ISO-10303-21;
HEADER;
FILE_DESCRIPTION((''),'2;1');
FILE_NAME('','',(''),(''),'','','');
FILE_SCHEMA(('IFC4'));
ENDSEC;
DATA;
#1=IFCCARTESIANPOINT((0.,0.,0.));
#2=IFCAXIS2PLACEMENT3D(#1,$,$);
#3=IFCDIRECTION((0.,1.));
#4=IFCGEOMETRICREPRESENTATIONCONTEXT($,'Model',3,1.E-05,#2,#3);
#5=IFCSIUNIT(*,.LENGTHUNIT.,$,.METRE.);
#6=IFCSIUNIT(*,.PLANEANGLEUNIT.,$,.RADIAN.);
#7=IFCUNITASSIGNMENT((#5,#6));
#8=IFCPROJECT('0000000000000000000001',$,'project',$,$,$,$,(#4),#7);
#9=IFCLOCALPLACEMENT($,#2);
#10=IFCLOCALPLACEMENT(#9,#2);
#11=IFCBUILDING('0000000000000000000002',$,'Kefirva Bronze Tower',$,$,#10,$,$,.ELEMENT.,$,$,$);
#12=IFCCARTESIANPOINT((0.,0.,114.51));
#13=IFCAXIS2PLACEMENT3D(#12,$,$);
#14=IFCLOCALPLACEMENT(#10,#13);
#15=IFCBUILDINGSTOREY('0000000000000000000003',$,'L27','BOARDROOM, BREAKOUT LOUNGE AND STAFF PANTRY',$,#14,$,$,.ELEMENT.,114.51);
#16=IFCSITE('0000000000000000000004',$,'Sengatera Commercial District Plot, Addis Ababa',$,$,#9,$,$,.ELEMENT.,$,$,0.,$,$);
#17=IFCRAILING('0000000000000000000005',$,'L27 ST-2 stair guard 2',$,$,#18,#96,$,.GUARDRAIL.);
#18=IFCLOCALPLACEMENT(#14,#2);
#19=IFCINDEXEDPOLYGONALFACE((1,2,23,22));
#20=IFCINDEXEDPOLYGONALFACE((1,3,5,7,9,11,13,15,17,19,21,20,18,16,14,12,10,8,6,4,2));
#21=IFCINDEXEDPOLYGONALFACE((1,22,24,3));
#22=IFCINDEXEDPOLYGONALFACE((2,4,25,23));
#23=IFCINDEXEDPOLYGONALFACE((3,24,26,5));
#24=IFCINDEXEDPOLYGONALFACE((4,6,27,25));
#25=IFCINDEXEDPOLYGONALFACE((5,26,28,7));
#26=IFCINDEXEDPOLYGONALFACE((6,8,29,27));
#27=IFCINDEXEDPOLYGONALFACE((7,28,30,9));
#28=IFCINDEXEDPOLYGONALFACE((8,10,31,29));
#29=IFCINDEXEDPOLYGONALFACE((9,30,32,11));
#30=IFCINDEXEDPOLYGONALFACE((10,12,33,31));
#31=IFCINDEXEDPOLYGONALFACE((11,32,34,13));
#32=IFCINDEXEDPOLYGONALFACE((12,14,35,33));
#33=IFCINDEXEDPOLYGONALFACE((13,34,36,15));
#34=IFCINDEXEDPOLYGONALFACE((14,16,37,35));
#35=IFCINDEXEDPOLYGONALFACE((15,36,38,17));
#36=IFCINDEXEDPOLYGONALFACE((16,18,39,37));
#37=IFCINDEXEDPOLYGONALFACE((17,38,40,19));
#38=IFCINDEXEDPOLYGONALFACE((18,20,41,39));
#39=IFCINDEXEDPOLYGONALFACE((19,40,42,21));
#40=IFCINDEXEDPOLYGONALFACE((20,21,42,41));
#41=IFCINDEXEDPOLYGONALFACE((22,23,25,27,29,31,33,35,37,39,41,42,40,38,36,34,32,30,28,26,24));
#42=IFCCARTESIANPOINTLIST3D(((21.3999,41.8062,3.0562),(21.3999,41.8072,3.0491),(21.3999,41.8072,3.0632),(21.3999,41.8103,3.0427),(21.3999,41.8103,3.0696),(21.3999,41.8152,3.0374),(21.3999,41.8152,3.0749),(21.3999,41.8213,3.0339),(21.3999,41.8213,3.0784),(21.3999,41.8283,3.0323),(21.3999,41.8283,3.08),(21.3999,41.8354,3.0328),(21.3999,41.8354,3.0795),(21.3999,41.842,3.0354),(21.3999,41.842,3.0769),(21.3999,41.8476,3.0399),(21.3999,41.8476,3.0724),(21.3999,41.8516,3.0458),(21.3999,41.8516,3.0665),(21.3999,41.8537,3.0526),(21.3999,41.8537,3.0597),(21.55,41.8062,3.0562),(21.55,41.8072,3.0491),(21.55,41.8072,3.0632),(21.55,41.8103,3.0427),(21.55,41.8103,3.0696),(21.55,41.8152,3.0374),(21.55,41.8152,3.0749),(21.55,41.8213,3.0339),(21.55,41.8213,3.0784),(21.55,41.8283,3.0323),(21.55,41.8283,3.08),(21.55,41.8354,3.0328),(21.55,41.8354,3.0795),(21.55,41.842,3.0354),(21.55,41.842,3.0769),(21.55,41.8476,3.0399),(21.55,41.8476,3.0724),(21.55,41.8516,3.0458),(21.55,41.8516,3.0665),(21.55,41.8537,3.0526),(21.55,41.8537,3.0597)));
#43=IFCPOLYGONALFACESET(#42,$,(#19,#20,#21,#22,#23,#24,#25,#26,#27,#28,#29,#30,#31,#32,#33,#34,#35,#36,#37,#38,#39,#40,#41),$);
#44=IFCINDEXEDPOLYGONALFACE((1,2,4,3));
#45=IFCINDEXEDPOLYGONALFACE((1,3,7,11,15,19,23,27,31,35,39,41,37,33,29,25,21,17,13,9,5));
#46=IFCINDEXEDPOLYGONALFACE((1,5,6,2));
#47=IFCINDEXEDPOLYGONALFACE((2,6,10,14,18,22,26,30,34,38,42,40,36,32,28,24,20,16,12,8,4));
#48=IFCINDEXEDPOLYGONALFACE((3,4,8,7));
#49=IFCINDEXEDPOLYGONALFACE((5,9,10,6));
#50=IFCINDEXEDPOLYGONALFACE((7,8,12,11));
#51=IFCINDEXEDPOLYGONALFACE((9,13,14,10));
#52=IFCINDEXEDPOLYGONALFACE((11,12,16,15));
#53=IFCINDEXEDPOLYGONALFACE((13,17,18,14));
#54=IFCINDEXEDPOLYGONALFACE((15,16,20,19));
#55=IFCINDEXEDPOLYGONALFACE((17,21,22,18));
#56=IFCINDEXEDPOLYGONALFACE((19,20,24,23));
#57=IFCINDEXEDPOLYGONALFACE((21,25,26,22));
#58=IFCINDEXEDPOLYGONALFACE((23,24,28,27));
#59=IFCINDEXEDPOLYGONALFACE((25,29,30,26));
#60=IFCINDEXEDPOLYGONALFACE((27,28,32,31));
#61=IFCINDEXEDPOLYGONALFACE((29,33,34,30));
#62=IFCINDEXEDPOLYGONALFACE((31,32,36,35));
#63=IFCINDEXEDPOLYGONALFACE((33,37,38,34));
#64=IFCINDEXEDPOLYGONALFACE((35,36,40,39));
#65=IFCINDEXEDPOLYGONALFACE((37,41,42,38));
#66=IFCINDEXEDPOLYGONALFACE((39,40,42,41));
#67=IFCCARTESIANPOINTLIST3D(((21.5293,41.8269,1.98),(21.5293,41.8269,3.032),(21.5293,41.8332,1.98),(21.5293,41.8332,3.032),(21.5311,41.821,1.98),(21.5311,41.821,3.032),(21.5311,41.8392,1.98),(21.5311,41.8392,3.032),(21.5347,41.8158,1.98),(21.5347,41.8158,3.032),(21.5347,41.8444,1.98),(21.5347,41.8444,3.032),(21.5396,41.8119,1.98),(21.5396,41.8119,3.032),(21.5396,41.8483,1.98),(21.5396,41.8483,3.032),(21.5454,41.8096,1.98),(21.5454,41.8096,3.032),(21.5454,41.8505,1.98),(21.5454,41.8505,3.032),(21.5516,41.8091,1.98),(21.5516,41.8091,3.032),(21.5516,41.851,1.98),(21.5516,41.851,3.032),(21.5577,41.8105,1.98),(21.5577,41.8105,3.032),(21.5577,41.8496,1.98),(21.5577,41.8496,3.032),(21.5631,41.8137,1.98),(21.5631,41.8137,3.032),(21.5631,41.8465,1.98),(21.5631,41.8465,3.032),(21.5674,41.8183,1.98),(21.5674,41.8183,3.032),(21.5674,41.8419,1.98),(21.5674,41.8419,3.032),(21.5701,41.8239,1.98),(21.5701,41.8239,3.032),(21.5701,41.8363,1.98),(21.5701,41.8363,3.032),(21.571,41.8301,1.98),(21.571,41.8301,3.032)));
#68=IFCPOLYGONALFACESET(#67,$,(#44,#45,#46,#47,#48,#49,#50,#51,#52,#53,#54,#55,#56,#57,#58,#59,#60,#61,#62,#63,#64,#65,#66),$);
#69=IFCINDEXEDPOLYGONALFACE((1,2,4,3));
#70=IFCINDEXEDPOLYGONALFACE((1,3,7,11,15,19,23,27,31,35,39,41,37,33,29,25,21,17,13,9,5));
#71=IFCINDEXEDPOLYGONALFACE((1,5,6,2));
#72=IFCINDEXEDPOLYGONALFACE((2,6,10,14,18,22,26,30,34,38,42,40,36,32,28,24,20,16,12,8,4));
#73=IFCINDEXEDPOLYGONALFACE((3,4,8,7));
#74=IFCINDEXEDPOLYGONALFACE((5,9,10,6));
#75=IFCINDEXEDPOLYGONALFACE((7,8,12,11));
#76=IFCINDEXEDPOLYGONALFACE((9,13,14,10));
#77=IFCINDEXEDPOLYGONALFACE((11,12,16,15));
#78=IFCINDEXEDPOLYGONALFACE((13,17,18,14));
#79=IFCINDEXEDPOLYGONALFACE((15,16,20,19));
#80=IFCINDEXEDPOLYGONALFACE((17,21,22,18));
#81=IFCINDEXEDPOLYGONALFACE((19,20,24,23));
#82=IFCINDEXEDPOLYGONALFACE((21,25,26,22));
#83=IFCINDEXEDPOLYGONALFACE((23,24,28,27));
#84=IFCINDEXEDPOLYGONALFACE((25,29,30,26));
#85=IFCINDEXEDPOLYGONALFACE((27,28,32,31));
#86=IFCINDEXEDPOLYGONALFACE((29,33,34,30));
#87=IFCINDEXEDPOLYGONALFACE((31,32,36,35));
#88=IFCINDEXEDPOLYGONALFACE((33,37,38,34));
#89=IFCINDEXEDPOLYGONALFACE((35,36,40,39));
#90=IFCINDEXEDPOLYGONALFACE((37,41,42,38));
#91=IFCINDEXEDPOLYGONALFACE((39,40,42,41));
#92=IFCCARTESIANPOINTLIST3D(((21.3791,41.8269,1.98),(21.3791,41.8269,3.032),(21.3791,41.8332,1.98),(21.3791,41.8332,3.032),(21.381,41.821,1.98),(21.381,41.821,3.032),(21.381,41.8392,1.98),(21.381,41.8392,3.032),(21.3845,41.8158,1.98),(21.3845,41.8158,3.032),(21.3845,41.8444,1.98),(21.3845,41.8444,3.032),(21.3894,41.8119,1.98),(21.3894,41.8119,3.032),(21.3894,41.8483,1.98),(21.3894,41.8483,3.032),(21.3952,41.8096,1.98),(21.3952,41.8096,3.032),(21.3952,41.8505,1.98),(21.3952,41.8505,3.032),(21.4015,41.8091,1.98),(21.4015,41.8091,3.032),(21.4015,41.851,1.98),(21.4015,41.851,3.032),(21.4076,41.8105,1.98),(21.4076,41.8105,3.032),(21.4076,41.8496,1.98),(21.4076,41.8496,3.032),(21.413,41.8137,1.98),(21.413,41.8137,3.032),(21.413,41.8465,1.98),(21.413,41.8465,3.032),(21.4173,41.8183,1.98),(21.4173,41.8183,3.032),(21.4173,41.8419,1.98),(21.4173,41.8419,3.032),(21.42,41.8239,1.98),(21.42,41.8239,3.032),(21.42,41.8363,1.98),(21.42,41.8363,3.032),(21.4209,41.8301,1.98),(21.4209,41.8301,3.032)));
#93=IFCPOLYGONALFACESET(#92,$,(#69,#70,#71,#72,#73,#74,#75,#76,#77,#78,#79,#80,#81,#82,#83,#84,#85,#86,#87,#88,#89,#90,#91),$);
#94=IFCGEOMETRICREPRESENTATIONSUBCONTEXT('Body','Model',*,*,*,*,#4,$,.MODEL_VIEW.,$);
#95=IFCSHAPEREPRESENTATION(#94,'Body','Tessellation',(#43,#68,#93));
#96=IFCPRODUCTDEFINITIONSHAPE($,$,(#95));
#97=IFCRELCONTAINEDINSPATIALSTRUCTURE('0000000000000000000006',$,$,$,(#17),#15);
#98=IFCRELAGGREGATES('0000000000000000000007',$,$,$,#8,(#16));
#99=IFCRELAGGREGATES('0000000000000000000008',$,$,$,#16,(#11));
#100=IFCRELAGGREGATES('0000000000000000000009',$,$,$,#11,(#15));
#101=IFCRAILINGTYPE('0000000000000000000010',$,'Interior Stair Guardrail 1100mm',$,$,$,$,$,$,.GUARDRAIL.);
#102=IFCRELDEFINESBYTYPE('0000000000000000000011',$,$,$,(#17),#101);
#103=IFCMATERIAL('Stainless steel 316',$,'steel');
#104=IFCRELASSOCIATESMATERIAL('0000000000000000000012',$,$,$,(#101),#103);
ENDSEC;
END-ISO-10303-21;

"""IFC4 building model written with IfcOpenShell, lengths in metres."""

from ifc_helpers import new_model, si_unit, direction, frame, origin, origin_2d, place, context, subcontext, project, spatial, circle, extrude, material, type_object, element, save


model = new_model("IFC4")

# Units and contexts
model_context = context("Model", 3, precision=1e-05, world=origin(), true_north=direction((0.0, 1.0)))
body_context = subcontext(model_context, "Body", "Model", "MODEL_VIEW")
ifc_project = project(units=[si_unit("LENGTHUNIT", "METRE"), si_unit("PLANEANGLEUNIT", "RADIAN")], contexts=[model_context])

# Site, building, storey
site_placement = place(None, origin())
site = spatial("IfcSite", under=ifc_project, at=site_placement, Name="Sengatera Commercial District Plot, Addis Ababa", CompositionType="ELEMENT", RefElevation=0.0)
building_placement = place(site_placement, origin())
building = spatial("IfcBuilding", under=site, at=building_placement, Name="Kefirva Bronze Tower", CompositionType="ELEMENT")
storey_placement = place(building_placement, frame((0.0, 0.0, 114.51)))
storey = spatial("IfcBuildingStorey", under=building, at=storey_placement, Name="L27", Description="BOARDROOM, BREAKOUT LOUNGE AND STAFF PANTRY", CompositionType="ELEMENT", Elevation=114.51)

# Railing
ifc_material_1 = material(Name="Stainless steel 316", Category="steel")
railing_type_1 = type_object("IfcRailingType", Name="Interior Stair Guardrail 1100mm", PredefinedType="GUARDRAIL", material=ifc_material_1)
railing_1_placement = place(storey_placement, frame((21.55, 41.8301, 1.98)))
element("IfcRailing", 1, at=railing_1_placement, inside=storey, type_object=railing_type_1, Name="L27 ST-2 stair guard 2", PredefinedType="GUARDRAIL", context=body_context, shape_type="SweptSolid", body=[
    extrude(circle(Radius=0.0239, at=origin_2d()), frame((0.0, 0.0, 1.0762), z_axis=(-1.0, 0.0, 0.0), x_axis=(0.0, -1.0, 0.0)), (0.0, 0.0, 1.0), 0.1501),
    extrude(circle(Radius=0.021, at=origin_2d()), origin(), (0.0, 0.0, 1.0), 1.052),
    extrude(circle(Radius=0.021, at=origin_2d()), frame((-0.1501, 0.0, 0.0)), (0.0, 0.0, 1.0), 1.052),
])

save(model, "model.ifc")
